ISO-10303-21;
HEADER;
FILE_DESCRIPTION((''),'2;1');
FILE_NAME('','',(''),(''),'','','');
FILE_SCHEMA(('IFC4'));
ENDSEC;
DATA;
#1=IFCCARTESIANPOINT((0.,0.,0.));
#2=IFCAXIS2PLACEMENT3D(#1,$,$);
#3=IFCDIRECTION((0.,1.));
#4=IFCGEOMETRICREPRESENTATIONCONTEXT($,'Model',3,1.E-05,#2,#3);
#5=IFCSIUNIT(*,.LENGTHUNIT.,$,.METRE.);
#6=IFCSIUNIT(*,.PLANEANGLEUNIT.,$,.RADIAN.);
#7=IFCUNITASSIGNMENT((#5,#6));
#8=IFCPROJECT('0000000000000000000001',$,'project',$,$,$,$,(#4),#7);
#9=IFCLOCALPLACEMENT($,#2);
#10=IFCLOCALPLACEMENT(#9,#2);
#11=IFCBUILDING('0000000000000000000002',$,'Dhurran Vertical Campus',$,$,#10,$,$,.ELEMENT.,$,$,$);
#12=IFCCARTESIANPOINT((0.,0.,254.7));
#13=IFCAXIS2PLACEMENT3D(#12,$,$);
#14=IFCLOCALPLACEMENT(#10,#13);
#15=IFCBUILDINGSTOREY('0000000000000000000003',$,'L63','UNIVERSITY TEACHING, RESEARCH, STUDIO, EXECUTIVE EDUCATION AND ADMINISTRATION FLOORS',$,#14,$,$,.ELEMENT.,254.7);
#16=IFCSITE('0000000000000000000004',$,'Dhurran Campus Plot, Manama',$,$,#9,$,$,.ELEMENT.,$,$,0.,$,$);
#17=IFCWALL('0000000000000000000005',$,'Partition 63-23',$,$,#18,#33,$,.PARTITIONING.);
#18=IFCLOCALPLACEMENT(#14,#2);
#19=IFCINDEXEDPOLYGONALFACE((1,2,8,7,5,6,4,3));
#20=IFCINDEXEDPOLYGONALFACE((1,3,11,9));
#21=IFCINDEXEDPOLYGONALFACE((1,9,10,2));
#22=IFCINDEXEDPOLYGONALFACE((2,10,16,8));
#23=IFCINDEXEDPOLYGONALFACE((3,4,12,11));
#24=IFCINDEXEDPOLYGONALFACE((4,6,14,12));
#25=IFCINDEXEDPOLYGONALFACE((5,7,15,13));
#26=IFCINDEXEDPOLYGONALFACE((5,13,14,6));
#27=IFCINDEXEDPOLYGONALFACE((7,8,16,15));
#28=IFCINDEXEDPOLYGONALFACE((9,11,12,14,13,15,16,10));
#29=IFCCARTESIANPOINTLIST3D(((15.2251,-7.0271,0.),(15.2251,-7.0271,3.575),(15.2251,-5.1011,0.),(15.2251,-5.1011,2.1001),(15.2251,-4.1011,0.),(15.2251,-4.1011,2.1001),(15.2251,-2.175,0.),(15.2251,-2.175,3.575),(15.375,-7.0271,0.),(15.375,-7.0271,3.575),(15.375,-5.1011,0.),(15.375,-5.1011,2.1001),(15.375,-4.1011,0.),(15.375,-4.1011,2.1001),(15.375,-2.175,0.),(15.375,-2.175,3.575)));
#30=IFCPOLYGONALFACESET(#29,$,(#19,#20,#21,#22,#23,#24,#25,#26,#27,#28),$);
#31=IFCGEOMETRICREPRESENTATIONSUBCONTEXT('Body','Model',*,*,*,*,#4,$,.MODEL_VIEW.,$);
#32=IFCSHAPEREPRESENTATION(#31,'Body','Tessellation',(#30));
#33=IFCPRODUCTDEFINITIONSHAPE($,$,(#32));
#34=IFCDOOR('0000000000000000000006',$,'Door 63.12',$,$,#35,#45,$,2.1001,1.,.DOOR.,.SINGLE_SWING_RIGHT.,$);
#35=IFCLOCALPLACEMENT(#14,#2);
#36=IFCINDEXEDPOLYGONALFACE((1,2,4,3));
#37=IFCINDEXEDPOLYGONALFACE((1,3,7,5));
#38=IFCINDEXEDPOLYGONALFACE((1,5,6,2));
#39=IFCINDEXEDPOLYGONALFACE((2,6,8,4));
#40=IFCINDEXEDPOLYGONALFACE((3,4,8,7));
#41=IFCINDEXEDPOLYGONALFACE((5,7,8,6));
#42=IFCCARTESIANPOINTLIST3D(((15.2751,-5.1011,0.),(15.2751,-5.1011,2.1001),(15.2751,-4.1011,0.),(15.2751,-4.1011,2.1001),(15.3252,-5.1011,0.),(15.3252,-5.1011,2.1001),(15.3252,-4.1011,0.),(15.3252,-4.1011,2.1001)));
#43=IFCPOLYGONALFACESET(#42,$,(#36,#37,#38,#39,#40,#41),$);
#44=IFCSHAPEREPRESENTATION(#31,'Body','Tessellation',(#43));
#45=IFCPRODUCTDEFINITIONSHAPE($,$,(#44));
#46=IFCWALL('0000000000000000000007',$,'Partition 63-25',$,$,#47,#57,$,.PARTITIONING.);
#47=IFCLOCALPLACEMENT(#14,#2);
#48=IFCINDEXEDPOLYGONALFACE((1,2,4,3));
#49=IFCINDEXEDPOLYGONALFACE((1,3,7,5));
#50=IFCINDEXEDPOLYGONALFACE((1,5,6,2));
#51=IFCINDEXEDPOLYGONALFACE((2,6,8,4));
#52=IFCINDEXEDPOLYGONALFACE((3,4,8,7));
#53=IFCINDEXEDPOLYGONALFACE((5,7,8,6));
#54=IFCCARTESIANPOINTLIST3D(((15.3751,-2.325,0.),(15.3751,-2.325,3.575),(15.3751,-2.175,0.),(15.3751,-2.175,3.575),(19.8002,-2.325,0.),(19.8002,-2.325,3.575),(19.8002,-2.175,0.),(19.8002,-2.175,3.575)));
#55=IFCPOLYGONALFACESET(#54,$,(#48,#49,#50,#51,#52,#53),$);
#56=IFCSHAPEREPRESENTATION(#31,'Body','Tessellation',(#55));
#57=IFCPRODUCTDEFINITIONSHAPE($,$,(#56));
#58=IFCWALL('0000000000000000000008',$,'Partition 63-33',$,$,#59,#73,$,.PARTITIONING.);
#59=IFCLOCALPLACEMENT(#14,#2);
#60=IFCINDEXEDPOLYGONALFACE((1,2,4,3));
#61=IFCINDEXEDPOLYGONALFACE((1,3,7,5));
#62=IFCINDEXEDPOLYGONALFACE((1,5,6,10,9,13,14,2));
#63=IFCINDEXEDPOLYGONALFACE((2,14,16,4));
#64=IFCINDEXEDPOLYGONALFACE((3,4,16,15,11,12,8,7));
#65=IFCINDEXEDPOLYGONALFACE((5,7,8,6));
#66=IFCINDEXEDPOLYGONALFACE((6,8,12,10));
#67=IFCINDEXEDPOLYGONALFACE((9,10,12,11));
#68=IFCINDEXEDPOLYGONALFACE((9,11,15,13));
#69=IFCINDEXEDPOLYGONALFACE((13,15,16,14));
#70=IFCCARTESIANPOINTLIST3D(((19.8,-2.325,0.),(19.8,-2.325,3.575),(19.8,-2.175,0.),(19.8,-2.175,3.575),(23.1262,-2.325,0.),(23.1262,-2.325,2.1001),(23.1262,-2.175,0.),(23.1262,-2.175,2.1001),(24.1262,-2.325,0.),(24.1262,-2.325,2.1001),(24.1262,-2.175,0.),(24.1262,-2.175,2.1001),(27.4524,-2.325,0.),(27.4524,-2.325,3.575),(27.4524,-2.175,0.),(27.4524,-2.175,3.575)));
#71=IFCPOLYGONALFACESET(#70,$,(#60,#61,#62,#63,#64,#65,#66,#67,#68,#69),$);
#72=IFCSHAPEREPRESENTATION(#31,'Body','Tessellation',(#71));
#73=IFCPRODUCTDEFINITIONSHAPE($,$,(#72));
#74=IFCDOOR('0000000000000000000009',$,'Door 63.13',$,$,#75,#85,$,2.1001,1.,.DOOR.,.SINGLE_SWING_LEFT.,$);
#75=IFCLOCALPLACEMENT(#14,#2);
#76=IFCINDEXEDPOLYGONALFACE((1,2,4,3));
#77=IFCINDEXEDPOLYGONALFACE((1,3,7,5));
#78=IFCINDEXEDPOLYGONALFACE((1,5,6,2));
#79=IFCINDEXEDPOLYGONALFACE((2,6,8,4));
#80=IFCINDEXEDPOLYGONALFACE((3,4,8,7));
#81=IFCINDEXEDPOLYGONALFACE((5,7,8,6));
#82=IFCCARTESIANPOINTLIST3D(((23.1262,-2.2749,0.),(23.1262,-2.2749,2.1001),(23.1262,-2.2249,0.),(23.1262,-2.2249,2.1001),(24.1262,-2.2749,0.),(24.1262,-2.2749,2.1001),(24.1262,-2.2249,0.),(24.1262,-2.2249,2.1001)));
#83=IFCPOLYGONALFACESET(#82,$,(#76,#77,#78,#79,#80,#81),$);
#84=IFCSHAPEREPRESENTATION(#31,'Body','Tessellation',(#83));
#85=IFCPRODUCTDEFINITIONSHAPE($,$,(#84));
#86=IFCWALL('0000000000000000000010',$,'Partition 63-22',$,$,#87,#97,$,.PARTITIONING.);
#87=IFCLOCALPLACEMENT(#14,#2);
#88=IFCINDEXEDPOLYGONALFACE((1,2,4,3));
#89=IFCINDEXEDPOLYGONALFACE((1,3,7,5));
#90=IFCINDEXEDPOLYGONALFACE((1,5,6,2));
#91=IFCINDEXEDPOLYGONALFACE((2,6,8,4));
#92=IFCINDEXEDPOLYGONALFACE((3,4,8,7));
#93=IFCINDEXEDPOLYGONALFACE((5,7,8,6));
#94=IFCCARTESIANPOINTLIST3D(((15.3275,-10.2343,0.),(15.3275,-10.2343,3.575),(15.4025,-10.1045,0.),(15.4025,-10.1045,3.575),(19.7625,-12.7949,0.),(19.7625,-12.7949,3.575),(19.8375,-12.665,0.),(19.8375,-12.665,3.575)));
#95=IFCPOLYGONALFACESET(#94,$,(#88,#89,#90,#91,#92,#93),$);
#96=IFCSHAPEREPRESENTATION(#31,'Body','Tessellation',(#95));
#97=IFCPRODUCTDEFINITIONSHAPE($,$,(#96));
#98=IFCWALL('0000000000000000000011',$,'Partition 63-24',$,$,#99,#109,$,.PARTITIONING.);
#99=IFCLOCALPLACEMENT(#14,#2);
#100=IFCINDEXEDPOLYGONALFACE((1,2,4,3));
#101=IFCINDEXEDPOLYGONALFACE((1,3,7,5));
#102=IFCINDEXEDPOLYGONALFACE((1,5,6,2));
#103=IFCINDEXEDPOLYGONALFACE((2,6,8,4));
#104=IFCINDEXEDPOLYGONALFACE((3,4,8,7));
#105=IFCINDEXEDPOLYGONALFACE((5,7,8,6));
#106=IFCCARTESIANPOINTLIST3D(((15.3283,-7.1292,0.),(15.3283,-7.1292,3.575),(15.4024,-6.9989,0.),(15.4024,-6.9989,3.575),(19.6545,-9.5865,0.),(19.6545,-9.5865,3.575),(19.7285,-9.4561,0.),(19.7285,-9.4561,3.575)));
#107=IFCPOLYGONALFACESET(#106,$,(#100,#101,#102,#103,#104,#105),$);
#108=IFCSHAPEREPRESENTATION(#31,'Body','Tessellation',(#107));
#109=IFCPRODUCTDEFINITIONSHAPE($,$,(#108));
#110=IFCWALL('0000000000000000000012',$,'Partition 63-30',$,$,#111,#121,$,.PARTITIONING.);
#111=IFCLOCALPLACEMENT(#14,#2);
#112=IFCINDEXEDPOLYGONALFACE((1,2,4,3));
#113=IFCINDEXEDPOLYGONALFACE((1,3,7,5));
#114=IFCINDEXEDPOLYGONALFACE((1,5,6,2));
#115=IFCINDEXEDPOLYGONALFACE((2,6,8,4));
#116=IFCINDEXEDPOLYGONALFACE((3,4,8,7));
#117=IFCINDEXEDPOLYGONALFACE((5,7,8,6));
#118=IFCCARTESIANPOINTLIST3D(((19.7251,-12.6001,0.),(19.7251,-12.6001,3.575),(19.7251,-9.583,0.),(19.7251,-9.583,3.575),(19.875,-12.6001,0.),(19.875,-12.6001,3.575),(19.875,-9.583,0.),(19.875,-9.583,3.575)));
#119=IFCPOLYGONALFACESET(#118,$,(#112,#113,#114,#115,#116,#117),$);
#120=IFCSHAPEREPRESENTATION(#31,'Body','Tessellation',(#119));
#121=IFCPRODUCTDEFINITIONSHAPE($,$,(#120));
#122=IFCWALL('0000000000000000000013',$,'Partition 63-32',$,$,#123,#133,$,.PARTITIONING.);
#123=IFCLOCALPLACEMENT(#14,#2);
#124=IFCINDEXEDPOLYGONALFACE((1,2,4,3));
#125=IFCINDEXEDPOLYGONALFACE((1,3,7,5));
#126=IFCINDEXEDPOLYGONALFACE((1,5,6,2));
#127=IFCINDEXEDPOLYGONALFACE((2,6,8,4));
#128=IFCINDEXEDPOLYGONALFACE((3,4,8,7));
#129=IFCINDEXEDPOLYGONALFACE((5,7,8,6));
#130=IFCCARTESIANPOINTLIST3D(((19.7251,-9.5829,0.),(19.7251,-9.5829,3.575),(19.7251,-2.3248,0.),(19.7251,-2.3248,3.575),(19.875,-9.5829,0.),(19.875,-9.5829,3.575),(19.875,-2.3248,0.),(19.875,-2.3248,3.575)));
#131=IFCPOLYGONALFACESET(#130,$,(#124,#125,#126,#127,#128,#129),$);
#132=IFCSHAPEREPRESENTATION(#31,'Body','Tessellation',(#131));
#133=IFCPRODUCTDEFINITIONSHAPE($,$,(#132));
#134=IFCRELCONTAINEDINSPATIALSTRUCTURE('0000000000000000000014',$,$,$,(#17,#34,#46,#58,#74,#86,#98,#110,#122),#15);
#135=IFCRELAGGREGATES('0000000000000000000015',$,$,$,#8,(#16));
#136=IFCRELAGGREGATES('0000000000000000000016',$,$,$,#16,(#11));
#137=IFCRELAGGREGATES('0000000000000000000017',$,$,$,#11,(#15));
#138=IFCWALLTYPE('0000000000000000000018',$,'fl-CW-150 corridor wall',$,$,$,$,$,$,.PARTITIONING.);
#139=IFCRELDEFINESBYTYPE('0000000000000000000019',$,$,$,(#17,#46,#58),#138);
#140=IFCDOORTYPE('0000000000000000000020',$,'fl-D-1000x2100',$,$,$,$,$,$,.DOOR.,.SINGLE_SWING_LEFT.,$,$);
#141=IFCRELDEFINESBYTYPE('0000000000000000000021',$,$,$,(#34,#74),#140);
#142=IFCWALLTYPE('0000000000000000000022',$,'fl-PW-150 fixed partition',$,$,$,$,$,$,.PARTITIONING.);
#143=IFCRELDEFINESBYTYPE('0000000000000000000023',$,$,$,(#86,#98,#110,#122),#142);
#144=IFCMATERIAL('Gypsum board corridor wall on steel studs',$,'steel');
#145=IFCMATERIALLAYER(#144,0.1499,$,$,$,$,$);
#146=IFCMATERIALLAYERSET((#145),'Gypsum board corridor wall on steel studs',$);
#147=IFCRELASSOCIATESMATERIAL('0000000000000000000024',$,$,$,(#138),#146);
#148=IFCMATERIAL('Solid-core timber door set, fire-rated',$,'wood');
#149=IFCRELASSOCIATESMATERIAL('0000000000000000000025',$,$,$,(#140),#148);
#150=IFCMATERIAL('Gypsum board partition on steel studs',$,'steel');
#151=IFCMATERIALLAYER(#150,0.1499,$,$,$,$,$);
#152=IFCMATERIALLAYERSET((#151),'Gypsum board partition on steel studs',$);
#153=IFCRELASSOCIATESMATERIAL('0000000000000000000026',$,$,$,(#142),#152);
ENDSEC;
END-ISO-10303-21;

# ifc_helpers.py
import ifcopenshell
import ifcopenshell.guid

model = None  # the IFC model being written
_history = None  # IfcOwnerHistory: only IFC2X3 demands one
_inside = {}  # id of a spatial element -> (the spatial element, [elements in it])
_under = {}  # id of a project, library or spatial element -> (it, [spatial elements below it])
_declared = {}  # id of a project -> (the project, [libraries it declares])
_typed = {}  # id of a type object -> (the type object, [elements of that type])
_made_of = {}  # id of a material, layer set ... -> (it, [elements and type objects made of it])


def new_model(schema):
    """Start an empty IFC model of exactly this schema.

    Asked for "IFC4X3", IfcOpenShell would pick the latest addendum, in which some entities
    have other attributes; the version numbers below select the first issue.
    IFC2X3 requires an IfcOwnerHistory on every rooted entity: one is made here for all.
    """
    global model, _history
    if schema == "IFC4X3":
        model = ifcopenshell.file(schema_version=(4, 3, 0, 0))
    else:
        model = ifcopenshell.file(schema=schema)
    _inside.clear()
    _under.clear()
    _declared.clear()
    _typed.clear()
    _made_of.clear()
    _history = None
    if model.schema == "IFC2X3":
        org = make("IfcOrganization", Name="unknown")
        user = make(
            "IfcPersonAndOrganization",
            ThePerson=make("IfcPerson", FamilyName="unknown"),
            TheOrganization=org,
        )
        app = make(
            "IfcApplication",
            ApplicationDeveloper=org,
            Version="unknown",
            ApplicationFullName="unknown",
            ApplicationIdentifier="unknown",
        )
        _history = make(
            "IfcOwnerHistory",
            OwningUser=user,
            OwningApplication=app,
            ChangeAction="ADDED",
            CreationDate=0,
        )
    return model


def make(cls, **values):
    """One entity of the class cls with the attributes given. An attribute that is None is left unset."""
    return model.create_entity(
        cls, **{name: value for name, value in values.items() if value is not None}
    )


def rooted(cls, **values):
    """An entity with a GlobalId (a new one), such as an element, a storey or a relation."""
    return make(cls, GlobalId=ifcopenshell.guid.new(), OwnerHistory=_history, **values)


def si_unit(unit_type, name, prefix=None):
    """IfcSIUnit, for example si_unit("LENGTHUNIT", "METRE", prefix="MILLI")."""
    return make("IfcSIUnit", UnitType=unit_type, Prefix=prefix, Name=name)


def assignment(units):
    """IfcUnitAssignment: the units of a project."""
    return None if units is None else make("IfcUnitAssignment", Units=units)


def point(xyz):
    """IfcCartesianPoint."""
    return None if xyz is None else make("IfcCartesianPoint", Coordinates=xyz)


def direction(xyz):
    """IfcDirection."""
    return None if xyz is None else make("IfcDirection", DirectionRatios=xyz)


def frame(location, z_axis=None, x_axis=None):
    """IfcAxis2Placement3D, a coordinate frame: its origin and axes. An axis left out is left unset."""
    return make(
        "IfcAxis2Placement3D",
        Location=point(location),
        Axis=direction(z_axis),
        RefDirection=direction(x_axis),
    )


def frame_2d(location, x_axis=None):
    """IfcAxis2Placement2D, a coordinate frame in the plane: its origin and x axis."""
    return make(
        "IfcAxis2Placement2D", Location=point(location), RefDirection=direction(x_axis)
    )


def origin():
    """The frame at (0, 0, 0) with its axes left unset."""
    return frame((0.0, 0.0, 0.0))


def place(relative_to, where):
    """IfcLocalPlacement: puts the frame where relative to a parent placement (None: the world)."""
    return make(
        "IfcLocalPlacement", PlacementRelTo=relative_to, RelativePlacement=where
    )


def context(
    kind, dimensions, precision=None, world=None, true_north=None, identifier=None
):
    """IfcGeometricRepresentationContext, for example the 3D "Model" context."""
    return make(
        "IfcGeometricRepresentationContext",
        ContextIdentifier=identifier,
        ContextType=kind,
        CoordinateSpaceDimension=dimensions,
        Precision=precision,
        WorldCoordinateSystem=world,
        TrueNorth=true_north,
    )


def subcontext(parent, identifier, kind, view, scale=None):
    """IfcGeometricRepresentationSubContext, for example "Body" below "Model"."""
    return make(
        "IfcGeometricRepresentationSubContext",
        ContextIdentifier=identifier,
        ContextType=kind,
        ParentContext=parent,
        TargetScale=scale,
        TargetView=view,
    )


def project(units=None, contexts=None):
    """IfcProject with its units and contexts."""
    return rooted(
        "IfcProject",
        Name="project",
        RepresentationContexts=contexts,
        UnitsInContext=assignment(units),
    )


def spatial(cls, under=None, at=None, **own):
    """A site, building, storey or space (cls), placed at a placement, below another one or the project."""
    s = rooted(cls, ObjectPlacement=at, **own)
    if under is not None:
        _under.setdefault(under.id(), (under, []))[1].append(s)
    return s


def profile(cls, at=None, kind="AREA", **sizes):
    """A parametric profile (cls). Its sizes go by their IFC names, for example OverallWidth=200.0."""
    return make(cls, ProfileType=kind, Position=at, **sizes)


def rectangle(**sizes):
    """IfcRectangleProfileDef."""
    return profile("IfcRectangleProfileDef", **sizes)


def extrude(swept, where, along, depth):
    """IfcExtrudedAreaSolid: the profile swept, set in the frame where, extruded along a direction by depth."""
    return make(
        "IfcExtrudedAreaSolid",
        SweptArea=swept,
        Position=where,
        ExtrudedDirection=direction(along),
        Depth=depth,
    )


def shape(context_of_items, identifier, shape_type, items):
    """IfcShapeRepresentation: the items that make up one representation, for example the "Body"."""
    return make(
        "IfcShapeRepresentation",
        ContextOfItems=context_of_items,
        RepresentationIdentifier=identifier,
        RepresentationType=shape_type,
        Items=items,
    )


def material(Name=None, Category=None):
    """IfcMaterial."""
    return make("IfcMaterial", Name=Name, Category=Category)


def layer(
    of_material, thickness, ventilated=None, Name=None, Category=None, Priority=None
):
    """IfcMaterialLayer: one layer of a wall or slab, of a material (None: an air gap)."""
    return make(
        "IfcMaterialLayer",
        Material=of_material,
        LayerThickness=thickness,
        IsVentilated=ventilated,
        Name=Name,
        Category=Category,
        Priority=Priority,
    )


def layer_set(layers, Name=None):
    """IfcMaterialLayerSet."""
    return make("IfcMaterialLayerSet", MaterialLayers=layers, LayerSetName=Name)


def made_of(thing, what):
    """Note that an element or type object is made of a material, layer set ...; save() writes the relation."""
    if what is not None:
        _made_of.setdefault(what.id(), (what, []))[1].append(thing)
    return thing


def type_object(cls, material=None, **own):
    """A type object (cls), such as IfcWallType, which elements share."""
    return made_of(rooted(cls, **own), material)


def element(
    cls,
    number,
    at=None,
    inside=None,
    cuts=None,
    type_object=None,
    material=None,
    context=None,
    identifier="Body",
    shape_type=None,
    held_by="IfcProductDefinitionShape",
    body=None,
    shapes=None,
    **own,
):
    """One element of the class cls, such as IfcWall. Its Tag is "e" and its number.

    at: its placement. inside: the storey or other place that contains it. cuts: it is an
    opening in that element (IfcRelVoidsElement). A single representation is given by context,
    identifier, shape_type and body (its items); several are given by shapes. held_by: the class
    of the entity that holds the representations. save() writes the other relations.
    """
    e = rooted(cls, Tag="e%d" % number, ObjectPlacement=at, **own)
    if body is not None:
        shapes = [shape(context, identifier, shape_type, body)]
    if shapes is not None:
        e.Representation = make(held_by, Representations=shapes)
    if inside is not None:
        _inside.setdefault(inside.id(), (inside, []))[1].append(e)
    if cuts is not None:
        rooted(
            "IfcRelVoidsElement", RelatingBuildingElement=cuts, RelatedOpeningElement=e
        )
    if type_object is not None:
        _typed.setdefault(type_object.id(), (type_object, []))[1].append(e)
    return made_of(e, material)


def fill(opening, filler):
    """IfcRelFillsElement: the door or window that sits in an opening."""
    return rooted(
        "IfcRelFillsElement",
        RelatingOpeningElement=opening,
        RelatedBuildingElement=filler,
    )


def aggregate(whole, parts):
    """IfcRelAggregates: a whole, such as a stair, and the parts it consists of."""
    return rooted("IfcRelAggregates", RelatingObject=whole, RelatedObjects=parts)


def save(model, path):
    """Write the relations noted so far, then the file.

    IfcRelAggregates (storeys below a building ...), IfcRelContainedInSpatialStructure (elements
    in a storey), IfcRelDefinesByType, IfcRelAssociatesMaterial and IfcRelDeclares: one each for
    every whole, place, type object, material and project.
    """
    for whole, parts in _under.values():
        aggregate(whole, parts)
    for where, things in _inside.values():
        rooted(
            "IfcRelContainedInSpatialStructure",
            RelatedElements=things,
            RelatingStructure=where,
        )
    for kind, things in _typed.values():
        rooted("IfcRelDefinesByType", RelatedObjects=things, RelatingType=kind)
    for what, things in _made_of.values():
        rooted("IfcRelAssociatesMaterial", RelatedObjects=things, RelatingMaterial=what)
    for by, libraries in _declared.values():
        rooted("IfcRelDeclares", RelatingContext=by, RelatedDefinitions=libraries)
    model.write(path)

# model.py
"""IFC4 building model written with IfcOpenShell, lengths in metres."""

from ifc_helpers import new_model, si_unit, direction, frame, frame_2d, origin, place, context, subcontext, project, spatial, rectangle, extrude, material, layer, layer_set, type_object, element, fill, save


model = new_model("IFC4")

# Units and contexts
model_context = context("Model", 3, precision=1e-05, world=origin(), true_north=direction((0.0, 1.0)))
body_context = subcontext(model_context, "Body", "Model", "MODEL_VIEW")
ifc_project = project(units=[si_unit("LENGTHUNIT", "METRE"), si_unit("PLANEANGLEUNIT", "RADIAN")], contexts=[model_context])

# Site, building, storey
site_placement = place(None, origin())
site = spatial("IfcSite", under=ifc_project, at=site_placement, Name="Dhurran Campus Plot, Manama", CompositionType="ELEMENT", RefElevation=0.0)
building_placement = place(site_placement, origin())
building = spatial("IfcBuilding", under=site, at=building_placement, Name="Dhurran Vertical Campus", CompositionType="ELEMENT")
storey_placement = place(building_placement, frame((0.0, 0.0, 254.7)))
storey = spatial("IfcBuildingStorey", under=building, at=storey_placement, Name="L63", Description="UNIVERSITY TEACHING, RESEARCH, STUDIO, EXECUTIVE EDUCATION AND ADMINISTRATION FLOORS", CompositionType="ELEMENT", Elevation=254.7)

# Wall, opening, door
ifc_material_1 = material(Name="Gypsum board corridor wall on steel studs", Category="steel")
ifc_layer_1 = layer(ifc_material_1, 0.1499)
ifc_layer_set_1 = layer_set([ifc_layer_1], Name="Gypsum board corridor wall on steel studs")
wall_type_1 = type_object("IfcWallType", Name="fl-CW-150 corridor wall", PredefinedType="PARTITIONING", material=ifc_layer_set_1)
ifc_material_2 = material(Name="Solid-core timber door set, fire-rated", Category="wood")
door_type = type_object("IfcDoorType", Name="fl-D-1000x2100", OperationType="SINGLE_SWING_LEFT", PredefinedType="DOOR", material=ifc_material_2)
wall_1_placement = place(storey_placement, frame((15.3, -7.0271, 0.0), z_axis=(0.0, 0.0, 1.0), x_axis=(0.0, 1.0, 0.0)))
wall_1 = element("IfcWall", 1, at=wall_1_placement, inside=storey, type_object=wall_type_1, Name="Partition 63-23", PredefinedType="PARTITIONING", context=body_context, shape_type="SweptSolid", body=[
    extrude(rectangle(XDim=4.8521, YDim=0.1499, at=frame_2d((2.426, 0.0))), origin(), (0.0, 0.0, 1.0), 3.575),
])
opening_1_placement = place(wall_1_placement, frame((1.926, 0.0, 0.0)))
opening_1 = element("IfcOpeningElement", 2, at=opening_1_placement, cuts=wall_1, PredefinedType="OPENING", context=body_context, shape_type="SweptSolid", body=[
    extrude(rectangle(XDim=1.0, YDim=2.1001, at=frame_2d((0.5, 1.05))), frame((0.0, 0.085, 0.0), z_axis=(0.0, -1.0, 0.0), x_axis=(1.0, 0.0, 0.0)), (0.0, 0.0, 1.0), 0.1699),
])
door_1_placement = place(opening_1_placement, origin())
door_1 = element("IfcDoor", 3, at=door_1_placement, inside=storey, type_object=door_type, Name="Door 63.12", OperationType="SINGLE_SWING_RIGHT", OverallHeight=2.1001, OverallWidth=1.0, PredefinedType="DOOR", context=body_context, shape_type="SweptSolid", body=[
    extrude(rectangle(XDim=1.0, YDim=2.1001, at=frame_2d((0.5, 1.05))), frame((0.0, 0.0249, 0.0), z_axis=(0.0, -1.0, 0.0), x_axis=(1.0, 0.0, 0.0)), (0.0, 0.0, 1.0), 0.05),
])
fill(opening_1, door_1)

# Wall
wall_2_placement = place(storey_placement, frame((19.8, -2.25, 0.0), z_axis=(0.0, 0.0, 1.0), x_axis=(-1.0, 0.0, 0.0)))
element("IfcWall", 4, at=wall_2_placement, inside=storey, type_object=wall_type_1, Name="Partition 63-25", PredefinedType="PARTITIONING", context=body_context, shape_type="SweptSolid", body=[
    extrude(rectangle(XDim=4.425, YDim=0.1499, at=frame_2d((2.2124, 0.0))), origin(), (0.0, 0.0, 1.0), 3.575),
])

# Wall, opening, door
wall_3_placement = place(storey_placement, frame((27.4524, -2.25, 0.0), z_axis=(0.0, 0.0, 1.0), x_axis=(-1.0, 0.0, 0.0)))
wall_3 = element("IfcWall", 5, at=wall_3_placement, inside=storey, type_object=wall_type_1, Name="Partition 63-33", PredefinedType="PARTITIONING", context=body_context, shape_type="SweptSolid", body=[
    extrude(rectangle(XDim=7.6523, YDim=0.1499, at=frame_2d((3.8262, 0.0))), origin(), (0.0, 0.0, 1.0), 3.575),
])
opening_2_placement = place(wall_3_placement, frame((3.3262, 0.0, 0.0)))
opening_2 = element("IfcOpeningElement", 6, at=opening_2_placement, cuts=wall_3, PredefinedType="OPENING", context=body_context, shape_type="SweptSolid", body=[
    extrude(rectangle(XDim=1.0, YDim=2.1001, at=frame_2d((0.5, 1.05))), frame((0.0, 0.085, 0.0), z_axis=(0.0, -1.0, 0.0), x_axis=(1.0, 0.0, 0.0)), (0.0, 0.0, 1.0), 0.1699),
])
door_2_placement = place(opening_2_placement, origin())
door_2 = element("IfcDoor", 7, at=door_2_placement, inside=storey, type_object=door_type, Name="Door 63.13", OperationType="SINGLE_SWING_LEFT", OverallHeight=2.1001, OverallWidth=1.0, PredefinedType="DOOR", context=body_context, shape_type="SweptSolid", body=[
    extrude(rectangle(XDim=1.0, YDim=2.1001, at=frame_2d((0.5, 1.05))), frame((0.0, 0.0249, 0.0), z_axis=(0.0, -1.0, 0.0), x_axis=(1.0, 0.0, 0.0)), (0.0, 0.0, 1.0), 0.05),
])
fill(opening_2, door_2)

# Walls
ifc_material_3 = material(Name="Gypsum board partition on steel studs", Category="steel")
ifc_layer_2 = layer(ifc_material_3, 0.1499)
ifc_layer_set_2 = layer_set([ifc_layer_2], Name="Gypsum board partition on steel studs")
wall_type_2 = type_object("IfcWallType", Name="fl-PW-150 fixed partition", PredefinedType="PARTITIONING", material=ifc_layer_set_2)
wall_4_placement = place(storey_placement, frame((15.365, -10.1694, 0.0), z_axis=(0.0, 0.0, 1.0), x_axis=(0.866028, -0.499995, 0.0)))
element("IfcWall", 8, at=wall_4_placement, inside=storey, type_object=wall_type_2, Name="Partition 63-22", PredefinedType="PARTITIONING", context=body_context, shape_type="SweptSolid", body=[
    extrude(rectangle(XDim=5.1211, YDim=0.1499, at=frame_2d((2.5605, 0.0))), origin(), (0.0, 0.0, 1.0), 3.575),
])
wall_5_placement = place(storey_placement, frame((15.3652, -7.064, 0.0), z_axis=(0.0, 0.0, 1.0), x_axis=(0.869524, -0.493891, 0.0)))
element("IfcWall", 9, at=wall_5_placement, inside=storey, type_object=wall_type_2, Name="Partition 63-24", PredefinedType="PARTITIONING", context=body_context, shape_type="SweptSolid", body=[
    extrude(rectangle(XDim=4.9753, YDim=0.1499, at=frame_2d((2.4878, 0.0))), origin(), (0.0, 0.0, 1.0), 3.575),
])
wall_6_placement = place(storey_placement, frame((19.8, -9.583, 0.0), z_axis=(0.0, 0.0, 1.0), x_axis=(0.0, -1.0, 0.0)))
element("IfcWall", 10, at=wall_6_placement, inside=storey, type_object=wall_type_2, Name="Partition 63-30", PredefinedType="PARTITIONING", context=body_context, shape_type="SweptSolid", body=[
    extrude(rectangle(XDim=3.0171, YDim=0.1499, at=frame_2d((1.5085, 0.0))), origin(), (0.0, 0.0, 1.0), 3.575),
])
wall_7_placement = place(storey_placement, frame((19.8, -2.325, 0.0), z_axis=(0.0, 0.0, 1.0), x_axis=(0.0, -1.0, 0.0)))
element("IfcWall", 11, at=wall_7_placement, inside=storey, type_object=wall_type_2, Name="Partition 63-32", PredefinedType="PARTITIONING", context=body_context, shape_type="SweptSolid", body=[
    extrude(rectangle(XDim=7.2581, YDim=0.1499, at=frame_2d((3.6289, 0.0))), origin(), (0.0, 0.0, 1.0), 3.575),
])

save(model, "model.ifc")
